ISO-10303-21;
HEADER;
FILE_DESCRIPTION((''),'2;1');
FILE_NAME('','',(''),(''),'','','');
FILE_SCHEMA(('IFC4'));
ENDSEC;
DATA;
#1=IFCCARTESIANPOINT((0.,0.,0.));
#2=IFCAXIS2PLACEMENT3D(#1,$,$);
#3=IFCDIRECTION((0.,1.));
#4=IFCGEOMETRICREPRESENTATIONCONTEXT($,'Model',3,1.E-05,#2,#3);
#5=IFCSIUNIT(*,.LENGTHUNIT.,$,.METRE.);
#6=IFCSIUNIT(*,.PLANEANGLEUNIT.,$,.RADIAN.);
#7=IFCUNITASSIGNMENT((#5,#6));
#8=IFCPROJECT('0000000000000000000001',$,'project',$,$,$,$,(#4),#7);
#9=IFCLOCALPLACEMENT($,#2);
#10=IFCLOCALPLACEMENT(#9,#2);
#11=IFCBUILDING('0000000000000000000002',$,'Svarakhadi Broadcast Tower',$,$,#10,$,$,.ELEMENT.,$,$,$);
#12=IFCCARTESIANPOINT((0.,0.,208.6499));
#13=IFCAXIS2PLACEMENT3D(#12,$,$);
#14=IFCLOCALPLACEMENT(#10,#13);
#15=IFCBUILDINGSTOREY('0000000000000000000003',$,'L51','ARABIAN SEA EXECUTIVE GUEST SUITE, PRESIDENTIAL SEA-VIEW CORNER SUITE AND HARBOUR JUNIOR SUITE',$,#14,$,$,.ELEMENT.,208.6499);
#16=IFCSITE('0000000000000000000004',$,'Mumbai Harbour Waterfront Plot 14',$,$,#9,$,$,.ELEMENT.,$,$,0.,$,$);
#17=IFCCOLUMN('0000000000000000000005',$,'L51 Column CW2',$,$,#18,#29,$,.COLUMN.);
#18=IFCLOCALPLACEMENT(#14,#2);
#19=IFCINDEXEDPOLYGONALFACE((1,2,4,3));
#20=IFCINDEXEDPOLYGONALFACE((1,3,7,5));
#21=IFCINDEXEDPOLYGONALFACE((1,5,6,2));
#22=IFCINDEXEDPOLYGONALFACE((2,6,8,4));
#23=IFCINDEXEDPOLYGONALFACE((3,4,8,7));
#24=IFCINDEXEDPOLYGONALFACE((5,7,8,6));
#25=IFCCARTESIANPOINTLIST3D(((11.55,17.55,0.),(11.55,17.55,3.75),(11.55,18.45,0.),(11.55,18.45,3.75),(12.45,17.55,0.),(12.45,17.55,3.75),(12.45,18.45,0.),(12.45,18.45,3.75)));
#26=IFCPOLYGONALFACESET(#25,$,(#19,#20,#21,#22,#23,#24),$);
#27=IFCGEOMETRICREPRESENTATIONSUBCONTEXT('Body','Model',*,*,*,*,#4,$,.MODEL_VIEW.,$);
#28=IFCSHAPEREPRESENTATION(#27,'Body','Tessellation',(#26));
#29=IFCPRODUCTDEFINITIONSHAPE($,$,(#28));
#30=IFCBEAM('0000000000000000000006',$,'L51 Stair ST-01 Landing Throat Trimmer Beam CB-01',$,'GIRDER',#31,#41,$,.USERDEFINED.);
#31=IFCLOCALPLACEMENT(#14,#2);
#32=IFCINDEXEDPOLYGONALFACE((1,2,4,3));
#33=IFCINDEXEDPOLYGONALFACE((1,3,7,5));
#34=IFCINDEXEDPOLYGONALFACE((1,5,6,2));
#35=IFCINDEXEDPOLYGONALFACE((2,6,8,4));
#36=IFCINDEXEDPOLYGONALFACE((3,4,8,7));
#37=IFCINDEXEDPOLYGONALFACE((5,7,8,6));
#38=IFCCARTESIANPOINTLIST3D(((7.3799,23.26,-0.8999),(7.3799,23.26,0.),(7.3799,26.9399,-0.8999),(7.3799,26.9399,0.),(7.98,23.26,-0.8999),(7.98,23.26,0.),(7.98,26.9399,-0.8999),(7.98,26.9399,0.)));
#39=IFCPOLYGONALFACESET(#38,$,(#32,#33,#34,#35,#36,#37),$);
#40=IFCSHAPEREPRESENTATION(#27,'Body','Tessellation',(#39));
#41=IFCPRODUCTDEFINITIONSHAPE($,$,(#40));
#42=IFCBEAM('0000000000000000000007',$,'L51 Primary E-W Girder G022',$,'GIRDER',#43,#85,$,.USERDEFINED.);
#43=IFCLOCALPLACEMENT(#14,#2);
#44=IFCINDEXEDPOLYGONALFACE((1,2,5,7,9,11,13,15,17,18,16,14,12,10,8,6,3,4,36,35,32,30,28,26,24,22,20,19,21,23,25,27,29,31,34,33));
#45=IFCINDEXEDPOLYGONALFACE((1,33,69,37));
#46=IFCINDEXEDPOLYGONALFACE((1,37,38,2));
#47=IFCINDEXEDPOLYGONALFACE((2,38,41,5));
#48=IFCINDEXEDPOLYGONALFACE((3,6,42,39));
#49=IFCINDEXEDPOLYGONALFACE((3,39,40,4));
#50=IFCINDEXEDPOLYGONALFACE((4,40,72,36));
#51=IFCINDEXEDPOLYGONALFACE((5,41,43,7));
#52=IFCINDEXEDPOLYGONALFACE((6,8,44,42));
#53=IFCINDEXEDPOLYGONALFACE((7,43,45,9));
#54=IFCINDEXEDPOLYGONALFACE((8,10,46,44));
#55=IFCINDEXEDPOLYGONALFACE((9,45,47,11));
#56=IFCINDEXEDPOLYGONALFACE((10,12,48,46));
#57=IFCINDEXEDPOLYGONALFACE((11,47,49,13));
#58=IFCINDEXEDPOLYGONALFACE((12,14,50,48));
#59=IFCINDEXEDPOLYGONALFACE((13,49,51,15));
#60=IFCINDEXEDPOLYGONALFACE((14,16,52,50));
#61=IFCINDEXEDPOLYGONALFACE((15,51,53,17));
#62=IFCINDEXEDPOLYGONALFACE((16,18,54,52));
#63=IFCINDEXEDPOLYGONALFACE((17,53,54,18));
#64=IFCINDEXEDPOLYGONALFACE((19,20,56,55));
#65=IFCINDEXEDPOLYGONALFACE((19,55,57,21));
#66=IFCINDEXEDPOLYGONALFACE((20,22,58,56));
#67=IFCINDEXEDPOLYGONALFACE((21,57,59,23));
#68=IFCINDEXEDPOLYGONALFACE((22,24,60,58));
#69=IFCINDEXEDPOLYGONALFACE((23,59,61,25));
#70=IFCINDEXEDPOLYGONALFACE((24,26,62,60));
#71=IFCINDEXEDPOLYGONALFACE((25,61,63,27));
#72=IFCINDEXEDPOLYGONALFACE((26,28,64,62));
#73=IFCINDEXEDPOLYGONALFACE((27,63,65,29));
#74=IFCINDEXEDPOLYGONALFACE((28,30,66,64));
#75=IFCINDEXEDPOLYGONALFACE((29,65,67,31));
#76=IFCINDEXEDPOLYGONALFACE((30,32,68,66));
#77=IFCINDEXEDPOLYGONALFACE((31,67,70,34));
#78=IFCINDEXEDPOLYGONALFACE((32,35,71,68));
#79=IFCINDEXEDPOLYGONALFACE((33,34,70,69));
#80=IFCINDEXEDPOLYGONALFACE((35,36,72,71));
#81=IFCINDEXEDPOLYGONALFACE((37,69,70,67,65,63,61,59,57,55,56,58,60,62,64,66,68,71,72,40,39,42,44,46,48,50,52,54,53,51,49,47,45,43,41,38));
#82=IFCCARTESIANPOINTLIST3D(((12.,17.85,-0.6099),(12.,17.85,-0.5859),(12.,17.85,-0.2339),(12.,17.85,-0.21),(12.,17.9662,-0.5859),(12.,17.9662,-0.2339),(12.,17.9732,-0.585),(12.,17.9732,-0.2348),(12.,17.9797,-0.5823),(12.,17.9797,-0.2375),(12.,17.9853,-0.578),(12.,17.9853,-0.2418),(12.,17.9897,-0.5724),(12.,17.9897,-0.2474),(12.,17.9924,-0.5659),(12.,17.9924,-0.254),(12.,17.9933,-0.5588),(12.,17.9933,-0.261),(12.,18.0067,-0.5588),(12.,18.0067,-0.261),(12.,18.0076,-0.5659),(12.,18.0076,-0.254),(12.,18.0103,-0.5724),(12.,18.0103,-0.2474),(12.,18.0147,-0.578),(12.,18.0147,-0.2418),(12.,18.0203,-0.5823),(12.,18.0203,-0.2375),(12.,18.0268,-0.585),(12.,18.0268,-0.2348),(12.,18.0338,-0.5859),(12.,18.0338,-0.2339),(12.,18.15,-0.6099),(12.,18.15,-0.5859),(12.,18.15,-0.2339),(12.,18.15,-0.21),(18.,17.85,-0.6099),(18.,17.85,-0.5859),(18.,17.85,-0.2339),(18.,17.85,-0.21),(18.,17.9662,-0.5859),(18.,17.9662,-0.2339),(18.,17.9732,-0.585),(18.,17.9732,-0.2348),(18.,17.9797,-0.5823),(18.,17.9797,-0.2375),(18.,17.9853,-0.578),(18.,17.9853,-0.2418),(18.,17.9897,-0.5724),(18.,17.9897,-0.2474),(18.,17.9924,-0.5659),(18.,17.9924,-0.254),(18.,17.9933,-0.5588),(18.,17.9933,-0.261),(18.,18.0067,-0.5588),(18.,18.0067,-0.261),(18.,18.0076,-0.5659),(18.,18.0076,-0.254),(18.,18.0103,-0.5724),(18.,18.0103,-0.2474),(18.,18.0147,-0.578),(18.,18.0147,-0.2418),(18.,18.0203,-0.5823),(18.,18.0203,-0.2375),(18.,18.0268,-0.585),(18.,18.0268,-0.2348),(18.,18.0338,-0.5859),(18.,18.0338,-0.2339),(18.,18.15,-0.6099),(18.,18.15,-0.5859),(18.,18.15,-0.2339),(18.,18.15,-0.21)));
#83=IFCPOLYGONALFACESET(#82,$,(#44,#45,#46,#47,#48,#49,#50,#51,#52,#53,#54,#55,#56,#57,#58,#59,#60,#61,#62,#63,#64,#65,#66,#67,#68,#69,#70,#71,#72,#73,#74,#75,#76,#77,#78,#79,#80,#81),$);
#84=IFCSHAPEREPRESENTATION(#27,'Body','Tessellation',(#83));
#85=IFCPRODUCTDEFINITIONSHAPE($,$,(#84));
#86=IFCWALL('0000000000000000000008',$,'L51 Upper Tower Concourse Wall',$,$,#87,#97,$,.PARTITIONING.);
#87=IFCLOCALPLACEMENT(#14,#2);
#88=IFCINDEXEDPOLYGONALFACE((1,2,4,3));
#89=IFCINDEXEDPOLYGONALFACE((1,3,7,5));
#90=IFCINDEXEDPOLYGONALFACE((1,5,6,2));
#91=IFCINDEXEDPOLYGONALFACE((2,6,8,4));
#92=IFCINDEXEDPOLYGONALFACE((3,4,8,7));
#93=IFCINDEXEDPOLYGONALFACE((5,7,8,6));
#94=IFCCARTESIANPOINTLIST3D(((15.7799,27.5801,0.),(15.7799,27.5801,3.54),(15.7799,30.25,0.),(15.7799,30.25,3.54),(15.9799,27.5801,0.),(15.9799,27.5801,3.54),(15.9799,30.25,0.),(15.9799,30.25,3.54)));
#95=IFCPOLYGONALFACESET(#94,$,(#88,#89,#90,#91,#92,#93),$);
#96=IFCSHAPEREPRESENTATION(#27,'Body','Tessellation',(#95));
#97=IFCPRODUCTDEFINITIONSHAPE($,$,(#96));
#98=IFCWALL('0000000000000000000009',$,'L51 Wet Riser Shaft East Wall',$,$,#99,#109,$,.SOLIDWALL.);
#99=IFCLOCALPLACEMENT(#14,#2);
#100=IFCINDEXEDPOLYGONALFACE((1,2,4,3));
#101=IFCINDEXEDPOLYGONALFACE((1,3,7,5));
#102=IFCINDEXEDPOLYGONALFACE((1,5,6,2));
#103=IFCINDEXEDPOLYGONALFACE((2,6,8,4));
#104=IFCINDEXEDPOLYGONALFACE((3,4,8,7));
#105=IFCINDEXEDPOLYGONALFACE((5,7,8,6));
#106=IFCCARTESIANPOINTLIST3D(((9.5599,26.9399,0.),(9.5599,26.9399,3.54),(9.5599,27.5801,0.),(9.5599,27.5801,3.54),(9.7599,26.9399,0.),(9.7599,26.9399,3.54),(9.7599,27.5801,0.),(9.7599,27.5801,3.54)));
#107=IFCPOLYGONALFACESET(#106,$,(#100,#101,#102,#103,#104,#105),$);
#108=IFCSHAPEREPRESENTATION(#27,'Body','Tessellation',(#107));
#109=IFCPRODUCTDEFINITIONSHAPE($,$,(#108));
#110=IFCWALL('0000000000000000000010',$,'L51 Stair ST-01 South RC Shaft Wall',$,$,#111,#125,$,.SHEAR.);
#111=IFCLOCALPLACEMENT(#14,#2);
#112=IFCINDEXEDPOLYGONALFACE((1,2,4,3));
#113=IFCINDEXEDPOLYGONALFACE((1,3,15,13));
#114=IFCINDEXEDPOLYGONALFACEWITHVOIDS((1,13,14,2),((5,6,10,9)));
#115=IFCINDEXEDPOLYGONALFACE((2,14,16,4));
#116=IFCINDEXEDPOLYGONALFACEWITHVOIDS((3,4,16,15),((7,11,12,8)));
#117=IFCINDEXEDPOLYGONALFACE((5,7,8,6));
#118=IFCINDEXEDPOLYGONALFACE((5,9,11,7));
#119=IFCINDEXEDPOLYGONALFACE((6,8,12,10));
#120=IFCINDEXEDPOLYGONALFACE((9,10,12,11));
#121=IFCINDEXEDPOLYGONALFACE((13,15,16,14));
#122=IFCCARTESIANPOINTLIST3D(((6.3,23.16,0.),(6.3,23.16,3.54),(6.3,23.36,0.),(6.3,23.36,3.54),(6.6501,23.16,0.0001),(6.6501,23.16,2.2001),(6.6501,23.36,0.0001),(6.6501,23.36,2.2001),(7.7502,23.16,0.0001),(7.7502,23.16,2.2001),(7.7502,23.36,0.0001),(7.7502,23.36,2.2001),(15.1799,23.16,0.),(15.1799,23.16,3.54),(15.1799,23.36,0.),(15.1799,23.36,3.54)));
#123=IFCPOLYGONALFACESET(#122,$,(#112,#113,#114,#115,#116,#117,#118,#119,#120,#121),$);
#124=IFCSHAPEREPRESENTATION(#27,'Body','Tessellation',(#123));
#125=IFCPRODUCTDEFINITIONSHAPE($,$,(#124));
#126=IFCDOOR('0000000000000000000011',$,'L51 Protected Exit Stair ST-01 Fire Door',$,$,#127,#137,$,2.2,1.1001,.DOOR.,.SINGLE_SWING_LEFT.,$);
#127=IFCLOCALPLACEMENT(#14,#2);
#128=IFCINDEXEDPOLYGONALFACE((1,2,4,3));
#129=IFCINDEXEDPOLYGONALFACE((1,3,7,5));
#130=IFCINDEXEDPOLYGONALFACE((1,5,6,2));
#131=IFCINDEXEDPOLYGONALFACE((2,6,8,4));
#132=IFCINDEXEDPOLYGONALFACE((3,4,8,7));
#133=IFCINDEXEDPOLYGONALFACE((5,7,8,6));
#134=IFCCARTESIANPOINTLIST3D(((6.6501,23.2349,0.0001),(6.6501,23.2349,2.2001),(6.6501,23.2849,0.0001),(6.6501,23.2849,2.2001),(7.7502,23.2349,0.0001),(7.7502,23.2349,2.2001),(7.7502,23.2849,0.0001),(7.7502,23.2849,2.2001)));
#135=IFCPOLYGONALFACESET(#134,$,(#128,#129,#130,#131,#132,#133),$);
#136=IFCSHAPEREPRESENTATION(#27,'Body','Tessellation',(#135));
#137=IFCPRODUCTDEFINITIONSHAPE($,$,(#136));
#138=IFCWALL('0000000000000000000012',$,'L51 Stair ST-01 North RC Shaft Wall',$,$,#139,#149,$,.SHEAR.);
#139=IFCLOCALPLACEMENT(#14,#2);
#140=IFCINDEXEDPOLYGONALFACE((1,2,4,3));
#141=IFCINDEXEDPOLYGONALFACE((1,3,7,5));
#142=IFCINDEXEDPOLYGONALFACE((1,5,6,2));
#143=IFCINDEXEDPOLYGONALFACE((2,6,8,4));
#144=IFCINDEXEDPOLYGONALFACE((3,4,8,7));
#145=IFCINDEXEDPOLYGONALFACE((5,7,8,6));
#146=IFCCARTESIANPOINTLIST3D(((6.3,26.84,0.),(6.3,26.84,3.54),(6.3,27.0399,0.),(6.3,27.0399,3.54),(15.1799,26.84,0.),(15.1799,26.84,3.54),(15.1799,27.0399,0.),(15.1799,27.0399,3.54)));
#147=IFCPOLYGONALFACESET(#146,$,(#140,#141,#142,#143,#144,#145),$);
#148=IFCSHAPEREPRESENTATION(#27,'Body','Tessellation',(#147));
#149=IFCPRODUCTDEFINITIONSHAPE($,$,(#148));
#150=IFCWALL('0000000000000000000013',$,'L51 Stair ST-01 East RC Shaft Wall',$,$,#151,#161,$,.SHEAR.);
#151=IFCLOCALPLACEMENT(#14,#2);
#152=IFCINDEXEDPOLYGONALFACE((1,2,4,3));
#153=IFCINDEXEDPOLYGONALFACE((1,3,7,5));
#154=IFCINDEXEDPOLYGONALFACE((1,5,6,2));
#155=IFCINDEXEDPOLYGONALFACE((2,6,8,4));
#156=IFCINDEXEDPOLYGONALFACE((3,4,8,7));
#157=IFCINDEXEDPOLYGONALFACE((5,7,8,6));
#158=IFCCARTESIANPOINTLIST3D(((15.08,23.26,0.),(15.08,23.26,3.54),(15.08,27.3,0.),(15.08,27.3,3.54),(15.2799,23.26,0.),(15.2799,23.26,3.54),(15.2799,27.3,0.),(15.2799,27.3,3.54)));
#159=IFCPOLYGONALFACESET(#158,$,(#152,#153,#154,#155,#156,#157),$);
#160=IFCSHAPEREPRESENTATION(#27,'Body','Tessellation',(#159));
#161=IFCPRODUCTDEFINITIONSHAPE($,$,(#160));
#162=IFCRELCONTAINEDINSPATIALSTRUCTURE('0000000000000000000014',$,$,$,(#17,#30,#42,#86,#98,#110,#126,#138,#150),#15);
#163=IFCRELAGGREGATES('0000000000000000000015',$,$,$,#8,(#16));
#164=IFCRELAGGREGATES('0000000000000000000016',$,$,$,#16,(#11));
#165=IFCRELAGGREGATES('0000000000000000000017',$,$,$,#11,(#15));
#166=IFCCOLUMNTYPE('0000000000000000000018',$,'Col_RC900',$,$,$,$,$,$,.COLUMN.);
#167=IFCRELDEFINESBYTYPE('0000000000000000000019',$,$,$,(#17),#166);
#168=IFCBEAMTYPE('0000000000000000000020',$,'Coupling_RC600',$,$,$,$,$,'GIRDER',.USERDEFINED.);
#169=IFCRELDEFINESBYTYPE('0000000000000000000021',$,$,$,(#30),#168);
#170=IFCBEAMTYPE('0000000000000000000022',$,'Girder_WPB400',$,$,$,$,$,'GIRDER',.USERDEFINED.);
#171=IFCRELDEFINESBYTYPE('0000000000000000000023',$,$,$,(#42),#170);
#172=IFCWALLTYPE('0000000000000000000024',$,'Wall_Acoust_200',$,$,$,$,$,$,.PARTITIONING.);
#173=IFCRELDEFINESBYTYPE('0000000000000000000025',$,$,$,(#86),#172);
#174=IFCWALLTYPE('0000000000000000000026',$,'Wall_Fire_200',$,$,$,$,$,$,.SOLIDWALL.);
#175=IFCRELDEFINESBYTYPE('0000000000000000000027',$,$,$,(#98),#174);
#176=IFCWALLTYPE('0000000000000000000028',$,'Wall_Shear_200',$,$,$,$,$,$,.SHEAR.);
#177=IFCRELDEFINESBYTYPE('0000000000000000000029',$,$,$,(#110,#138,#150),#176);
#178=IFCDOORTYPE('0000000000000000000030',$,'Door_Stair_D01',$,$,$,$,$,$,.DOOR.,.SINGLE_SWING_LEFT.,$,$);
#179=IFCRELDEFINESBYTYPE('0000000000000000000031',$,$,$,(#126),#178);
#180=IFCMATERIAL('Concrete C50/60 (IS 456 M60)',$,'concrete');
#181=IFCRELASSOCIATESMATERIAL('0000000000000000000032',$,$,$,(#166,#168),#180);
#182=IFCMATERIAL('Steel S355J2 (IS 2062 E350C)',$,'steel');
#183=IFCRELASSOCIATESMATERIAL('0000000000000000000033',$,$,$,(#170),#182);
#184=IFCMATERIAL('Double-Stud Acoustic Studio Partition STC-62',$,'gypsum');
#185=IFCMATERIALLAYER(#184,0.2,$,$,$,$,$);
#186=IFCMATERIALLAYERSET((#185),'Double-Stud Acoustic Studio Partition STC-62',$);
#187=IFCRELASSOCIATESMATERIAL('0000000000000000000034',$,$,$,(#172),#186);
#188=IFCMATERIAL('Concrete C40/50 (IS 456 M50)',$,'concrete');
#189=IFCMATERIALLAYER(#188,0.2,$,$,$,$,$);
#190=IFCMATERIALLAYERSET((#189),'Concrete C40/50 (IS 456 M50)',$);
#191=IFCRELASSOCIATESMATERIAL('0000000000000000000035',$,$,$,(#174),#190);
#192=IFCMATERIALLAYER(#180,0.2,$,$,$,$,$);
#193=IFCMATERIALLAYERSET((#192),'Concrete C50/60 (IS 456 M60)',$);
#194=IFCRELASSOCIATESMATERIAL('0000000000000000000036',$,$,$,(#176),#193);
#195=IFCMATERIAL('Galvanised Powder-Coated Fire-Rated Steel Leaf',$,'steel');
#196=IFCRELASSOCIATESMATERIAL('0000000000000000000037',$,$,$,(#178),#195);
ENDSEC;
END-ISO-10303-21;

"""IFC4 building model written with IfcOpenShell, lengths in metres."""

from ifc_helpers import new_model, si_unit, direction, frame, frame_2d, origin, origin_2d, place, context, subcontext, project, spatial, rectangle, i_section, extrude, material, layer, layer_set, material_profile, profile_set, type_object, element, fill, save


model = new_model("IFC4")

# Units and contexts
model_context = context("Model", 3, precision=1e-05, world=origin(), true_north=direction((0.0, 1.0)))
body_context = subcontext(model_context, "Body", "Model", "MODEL_VIEW")
ifc_project = project(units=[si_unit("LENGTHUNIT", "METRE"), si_unit("PLANEANGLEUNIT", "RADIAN")], contexts=[model_context])

# Site, building, storey
site_placement = place(None, origin())
site = spatial("IfcSite", under=ifc_project, at=site_placement, Name="Mumbai Harbour Waterfront Plot 14", CompositionType="ELEMENT", RefElevation=0.0)
building_placement = place(site_placement, origin())
building = spatial("IfcBuilding", under=site, at=building_placement, Name="Svarakhadi Broadcast Tower", CompositionType="ELEMENT")
storey_placement = place(building_placement, frame((0.0, 0.0, 208.6499)))
storey = spatial("IfcBuildingStorey", under=building, at=storey_placement, Name="L51", Description="ARABIAN SEA EXECUTIVE GUEST SUITE, PRESIDENTIAL SEA-VIEW CORNER SUITE AND HARBOUR JUNIOR SUITE", CompositionType="ELEMENT", Elevation=208.6499)

# Column
ifc_material_1 = material(Name="Concrete C50/60 (IS 456 M60)", Category="concrete")
ifc_material_profile_1 = material_profile(ifc_material_1, rectangle(XDim=0.8999, YDim=0.8999, at=origin_2d()), Name="RC 900x900")
ifc_profile_set_1 = profile_set([ifc_material_profile_1], Name="Concrete C50/60 (IS 456 M60)")
column_type = type_object("IfcColumnType", Name="Col_RC900", PredefinedType="COLUMN", material=ifc_profile_set_1)
column_placement = place(storey_placement, frame((12.0, 18.0, 0.0), z_axis=(0.0, 0.0, 1.0), x_axis=(1.0, 0.0, 0.0)))
element("IfcColumn", 1, at=column_placement, inside=storey, type_object=column_type, Name="L51 Column CW2", PredefinedType="COLUMN", context=body_context, shape_type="SweptSolid", body=[
    extrude(rectangle(XDim=0.8999, YDim=0.8999, at=origin_2d()), origin(), (0.0, 0.0, 1.0), 3.75),
])

# Beams
ifc_material_profile_2 = material_profile(ifc_material_1, rectangle(XDim=0.6001, YDim=0.8999, at=origin_2d()), Name="RC 600x900")
ifc_profile_set_2 = profile_set([ifc_material_profile_2], Name="Concrete C50/60 (IS 456 M60)")
beam_type_1 = type_object("IfcBeamType", Name="Coupling_RC600", ElementType="GIRDER", PredefinedType="USERDEFINED", material=ifc_profile_set_2)
beam_1_placement = place(storey_placement, frame((7.6799, 23.26, -0.45), z_axis=(0.0, 1.0, 0.0), x_axis=(-1.0, 0.0, 0.0)))
element("IfcBeam", 2, at=beam_1_placement, inside=storey, type_object=beam_type_1, Name="L51 Stair ST-01 Landing Throat Trimmer Beam CB-01", ObjectType="GIRDER", PredefinedType="USERDEFINED", context=body_context, shape_type="SweptSolid", body=[
    extrude(rectangle(XDim=0.6001, YDim=0.8999, at=origin_2d()), origin(), (0.0, 0.0, 1.0), 3.6799),
])
ifc_material_2 = material(Name="Steel S355J2 (IS 2062 E350C)", Category="steel")
ifc_material_profile_3 = material_profile(ifc_material_2, i_section(OverallWidth=0.3, OverallDepth=0.3999, WebThickness=0.0134, FlangeThickness=0.0239, FilletRadius=0.0271, at=origin_2d()), Name="WPB 400x300x155")
ifc_profile_set_3 = profile_set([ifc_material_profile_3], Name="Steel S355J2 (IS 2062 E350C)")
beam_type_2 = type_object("IfcBeamType", Name="Girder_WPB400", ElementType="GIRDER", PredefinedType="USERDEFINED", material=ifc_profile_set_3)
beam_2_placement = place(storey_placement, frame((12.0, 18.0, -0.4099), z_axis=(1.0, 0.0, 0.0), x_axis=(0.0, 1.0, 0.0)))
element("IfcBeam", 3, at=beam_2_placement, inside=storey, type_object=beam_type_2, Name="L51 Primary E-W Girder G022", ObjectType="GIRDER", PredefinedType="USERDEFINED", context=body_context, shape_type="SweptSolid", body=[
    extrude(i_section(OverallWidth=0.3, OverallDepth=0.3999, WebThickness=0.0134, FlangeThickness=0.0239, FilletRadius=0.0271, at=origin_2d()), origin(), (0.0, 0.0, 1.0), 6.0),
])

# Walls
ifc_material_3 = material(Name="Double-Stud Acoustic Studio Partition STC-62", Category="gypsum")
ifc_layer_1 = layer(ifc_material_3, 0.2)
ifc_layer_set_1 = layer_set([ifc_layer_1], Name="Double-Stud Acoustic Studio Partition STC-62")
wall_type_1 = type_object("IfcWallType", Name="Wall_Acoust_200", PredefinedType="PARTITIONING", material=ifc_layer_set_1)
wall_1_placement = place(storey_placement, frame((15.8799, 27.5801, 0.0), z_axis=(0.0, 0.0, 1.0), x_axis=(0.0, 1.0, 0.0)))
element("IfcWall", 4, at=wall_1_placement, inside=storey, type_object=wall_type_1, Name="L51 Upper Tower Concourse Wall", PredefinedType="PARTITIONING", context=body_context, shape_type="SweptSolid", body=[
    extrude(rectangle(XDim=2.6699, YDim=0.2, at=frame_2d((1.335, 0.0))), origin(), (0.0, 0.0, 1.0), 3.54),
])
ifc_material_4 = material(Name="Concrete C40/50 (IS 456 M50)", Category="concrete")
ifc_layer_2 = layer(ifc_material_4, 0.2)
ifc_layer_set_2 = layer_set([ifc_layer_2], Name="Concrete C40/50 (IS 456 M50)")
wall_type_2 = type_object("IfcWallType", Name="Wall_Fire_200", PredefinedType="SOLIDWALL", material=ifc_layer_set_2)
wall_2_placement = place(storey_placement, frame((9.6599, 26.9399, 0.0), z_axis=(0.0, 0.0, 1.0), x_axis=(0.0, 1.0, 0.0)))
element("IfcWall", 5, at=wall_2_placement, inside=storey, type_object=wall_type_2, Name="L51 Wet Riser Shaft East Wall", PredefinedType="SOLIDWALL", context=body_context, shape_type="SweptSolid", body=[
    extrude(rectangle(XDim=0.6401, YDim=0.2, at=frame_2d((0.3201, 0.0))), origin(), (0.0, 0.0, 1.0), 3.54),
])

# Wall, opening, door
ifc_material_5 = material(Name="Galvanised Powder-Coated Fire-Rated Steel Leaf", Category="steel")
ifc_layer_3 = layer(ifc_material_1, 0.2)
ifc_layer_set_3 = layer_set([ifc_layer_3], Name="Concrete C50/60 (IS 456 M60)")
wall_type_3 = type_object("IfcWallType", Name="Wall_Shear_200", PredefinedType="SHEAR", material=ifc_layer_set_3)
wall_3_placement = place(storey_placement, frame((6.3, 23.26, 0.0), z_axis=(0.0, 0.0, 1.0), x_axis=(1.0, 0.0, 0.0)))
wall_3 = element("IfcWall", 6, at=wall_3_placement, inside=storey, type_object=wall_type_3, Name="L51 Stair ST-01 South RC Shaft Wall", PredefinedType="SHEAR", context=body_context, shape_type="SweptSolid", body=[
    extrude(rectangle(XDim=8.8799, YDim=0.2, at=frame_2d((4.4399, 0.0))), origin(), (0.0, 0.0, 1.0), 3.54),
])
opening_1_placement = place(wall_3_placement, frame((0.3501, 0.0, 0.0)))
opening_1 = element("IfcOpeningElement", 7, at=opening_1_placement, cuts=wall_3, PredefinedType="OPENING", context=body_context, shape_type="SweptSolid", body=[
    extrude(rectangle(XDim=1.1001, YDim=2.2, at=frame_2d((0.55, 1.1001))), frame((0.0, 0.1099, 0.0), z_axis=(0.0, -1.0, 0.0), x_axis=(1.0, 0.0, 0.0)), (0.0, 0.0, 1.0), 0.22),
])
door_type_1 = type_object("IfcDoorType", Name="Door_Stair_D01", OperationType="SINGLE_SWING_LEFT", PredefinedType="DOOR", material=ifc_material_5)
door_1_placement = place(opening_1_placement, origin())
door_1 = element("IfcDoor", 8, at=door_1_placement, inside=storey, type_object=door_type_1, Name="L51 Protected Exit Stair ST-01 Fire Door", OperationType="SINGLE_SWING_LEFT", OverallHeight=2.2, OverallWidth=1.1001, PredefinedType="DOOR", context=body_context, shape_type="SweptSolid", body=[
    extrude(rectangle(XDim=1.1001, YDim=2.2, at=frame_2d((0.55, 1.1001))), frame((0.0, 0.0249, 0.0), z_axis=(0.0, -1.0, 0.0), x_axis=(1.0, 0.0, 0.0)), (0.0, 0.0, 1.0), 0.05),
])
fill(opening_1, door_1)

# Walls
wall_4_placement = place(storey_placement, frame((6.3, 26.9399, 0.0), z_axis=(0.0, 0.0, 1.0), x_axis=(1.0, 0.0, 0.0)))
element("IfcWall", 9, at=wall_4_placement, inside=storey, type_object=wall_type_3, Name="L51 Stair ST-01 North RC Shaft Wall", PredefinedType="SHEAR", context=body_context, shape_type="SweptSolid", body=[
    extrude(rectangle(XDim=8.8799, YDim=0.2, at=frame_2d((4.4399, 0.0))), origin(), (0.0, 0.0, 1.0), 3.54),
])
wall_5_placement = place(storey_placement, frame((15.1799, 23.26, 0.0), z_axis=(0.0, 0.0, 1.0), x_axis=(0.0, 1.0, 0.0)))
element("IfcWall", 10, at=wall_5_placement, inside=storey, type_object=wall_type_3, Name="L51 Stair ST-01 East RC Shaft Wall", PredefinedType="SHEAR", context=body_context, shape_type="SweptSolid", body=[
    extrude(rectangle(XDim=4.04, YDim=0.2, at=frame_2d((2.02, 0.0))), origin(), (0.0, 0.0, 1.0), 3.54),
])

save(model, "model.ifc")
